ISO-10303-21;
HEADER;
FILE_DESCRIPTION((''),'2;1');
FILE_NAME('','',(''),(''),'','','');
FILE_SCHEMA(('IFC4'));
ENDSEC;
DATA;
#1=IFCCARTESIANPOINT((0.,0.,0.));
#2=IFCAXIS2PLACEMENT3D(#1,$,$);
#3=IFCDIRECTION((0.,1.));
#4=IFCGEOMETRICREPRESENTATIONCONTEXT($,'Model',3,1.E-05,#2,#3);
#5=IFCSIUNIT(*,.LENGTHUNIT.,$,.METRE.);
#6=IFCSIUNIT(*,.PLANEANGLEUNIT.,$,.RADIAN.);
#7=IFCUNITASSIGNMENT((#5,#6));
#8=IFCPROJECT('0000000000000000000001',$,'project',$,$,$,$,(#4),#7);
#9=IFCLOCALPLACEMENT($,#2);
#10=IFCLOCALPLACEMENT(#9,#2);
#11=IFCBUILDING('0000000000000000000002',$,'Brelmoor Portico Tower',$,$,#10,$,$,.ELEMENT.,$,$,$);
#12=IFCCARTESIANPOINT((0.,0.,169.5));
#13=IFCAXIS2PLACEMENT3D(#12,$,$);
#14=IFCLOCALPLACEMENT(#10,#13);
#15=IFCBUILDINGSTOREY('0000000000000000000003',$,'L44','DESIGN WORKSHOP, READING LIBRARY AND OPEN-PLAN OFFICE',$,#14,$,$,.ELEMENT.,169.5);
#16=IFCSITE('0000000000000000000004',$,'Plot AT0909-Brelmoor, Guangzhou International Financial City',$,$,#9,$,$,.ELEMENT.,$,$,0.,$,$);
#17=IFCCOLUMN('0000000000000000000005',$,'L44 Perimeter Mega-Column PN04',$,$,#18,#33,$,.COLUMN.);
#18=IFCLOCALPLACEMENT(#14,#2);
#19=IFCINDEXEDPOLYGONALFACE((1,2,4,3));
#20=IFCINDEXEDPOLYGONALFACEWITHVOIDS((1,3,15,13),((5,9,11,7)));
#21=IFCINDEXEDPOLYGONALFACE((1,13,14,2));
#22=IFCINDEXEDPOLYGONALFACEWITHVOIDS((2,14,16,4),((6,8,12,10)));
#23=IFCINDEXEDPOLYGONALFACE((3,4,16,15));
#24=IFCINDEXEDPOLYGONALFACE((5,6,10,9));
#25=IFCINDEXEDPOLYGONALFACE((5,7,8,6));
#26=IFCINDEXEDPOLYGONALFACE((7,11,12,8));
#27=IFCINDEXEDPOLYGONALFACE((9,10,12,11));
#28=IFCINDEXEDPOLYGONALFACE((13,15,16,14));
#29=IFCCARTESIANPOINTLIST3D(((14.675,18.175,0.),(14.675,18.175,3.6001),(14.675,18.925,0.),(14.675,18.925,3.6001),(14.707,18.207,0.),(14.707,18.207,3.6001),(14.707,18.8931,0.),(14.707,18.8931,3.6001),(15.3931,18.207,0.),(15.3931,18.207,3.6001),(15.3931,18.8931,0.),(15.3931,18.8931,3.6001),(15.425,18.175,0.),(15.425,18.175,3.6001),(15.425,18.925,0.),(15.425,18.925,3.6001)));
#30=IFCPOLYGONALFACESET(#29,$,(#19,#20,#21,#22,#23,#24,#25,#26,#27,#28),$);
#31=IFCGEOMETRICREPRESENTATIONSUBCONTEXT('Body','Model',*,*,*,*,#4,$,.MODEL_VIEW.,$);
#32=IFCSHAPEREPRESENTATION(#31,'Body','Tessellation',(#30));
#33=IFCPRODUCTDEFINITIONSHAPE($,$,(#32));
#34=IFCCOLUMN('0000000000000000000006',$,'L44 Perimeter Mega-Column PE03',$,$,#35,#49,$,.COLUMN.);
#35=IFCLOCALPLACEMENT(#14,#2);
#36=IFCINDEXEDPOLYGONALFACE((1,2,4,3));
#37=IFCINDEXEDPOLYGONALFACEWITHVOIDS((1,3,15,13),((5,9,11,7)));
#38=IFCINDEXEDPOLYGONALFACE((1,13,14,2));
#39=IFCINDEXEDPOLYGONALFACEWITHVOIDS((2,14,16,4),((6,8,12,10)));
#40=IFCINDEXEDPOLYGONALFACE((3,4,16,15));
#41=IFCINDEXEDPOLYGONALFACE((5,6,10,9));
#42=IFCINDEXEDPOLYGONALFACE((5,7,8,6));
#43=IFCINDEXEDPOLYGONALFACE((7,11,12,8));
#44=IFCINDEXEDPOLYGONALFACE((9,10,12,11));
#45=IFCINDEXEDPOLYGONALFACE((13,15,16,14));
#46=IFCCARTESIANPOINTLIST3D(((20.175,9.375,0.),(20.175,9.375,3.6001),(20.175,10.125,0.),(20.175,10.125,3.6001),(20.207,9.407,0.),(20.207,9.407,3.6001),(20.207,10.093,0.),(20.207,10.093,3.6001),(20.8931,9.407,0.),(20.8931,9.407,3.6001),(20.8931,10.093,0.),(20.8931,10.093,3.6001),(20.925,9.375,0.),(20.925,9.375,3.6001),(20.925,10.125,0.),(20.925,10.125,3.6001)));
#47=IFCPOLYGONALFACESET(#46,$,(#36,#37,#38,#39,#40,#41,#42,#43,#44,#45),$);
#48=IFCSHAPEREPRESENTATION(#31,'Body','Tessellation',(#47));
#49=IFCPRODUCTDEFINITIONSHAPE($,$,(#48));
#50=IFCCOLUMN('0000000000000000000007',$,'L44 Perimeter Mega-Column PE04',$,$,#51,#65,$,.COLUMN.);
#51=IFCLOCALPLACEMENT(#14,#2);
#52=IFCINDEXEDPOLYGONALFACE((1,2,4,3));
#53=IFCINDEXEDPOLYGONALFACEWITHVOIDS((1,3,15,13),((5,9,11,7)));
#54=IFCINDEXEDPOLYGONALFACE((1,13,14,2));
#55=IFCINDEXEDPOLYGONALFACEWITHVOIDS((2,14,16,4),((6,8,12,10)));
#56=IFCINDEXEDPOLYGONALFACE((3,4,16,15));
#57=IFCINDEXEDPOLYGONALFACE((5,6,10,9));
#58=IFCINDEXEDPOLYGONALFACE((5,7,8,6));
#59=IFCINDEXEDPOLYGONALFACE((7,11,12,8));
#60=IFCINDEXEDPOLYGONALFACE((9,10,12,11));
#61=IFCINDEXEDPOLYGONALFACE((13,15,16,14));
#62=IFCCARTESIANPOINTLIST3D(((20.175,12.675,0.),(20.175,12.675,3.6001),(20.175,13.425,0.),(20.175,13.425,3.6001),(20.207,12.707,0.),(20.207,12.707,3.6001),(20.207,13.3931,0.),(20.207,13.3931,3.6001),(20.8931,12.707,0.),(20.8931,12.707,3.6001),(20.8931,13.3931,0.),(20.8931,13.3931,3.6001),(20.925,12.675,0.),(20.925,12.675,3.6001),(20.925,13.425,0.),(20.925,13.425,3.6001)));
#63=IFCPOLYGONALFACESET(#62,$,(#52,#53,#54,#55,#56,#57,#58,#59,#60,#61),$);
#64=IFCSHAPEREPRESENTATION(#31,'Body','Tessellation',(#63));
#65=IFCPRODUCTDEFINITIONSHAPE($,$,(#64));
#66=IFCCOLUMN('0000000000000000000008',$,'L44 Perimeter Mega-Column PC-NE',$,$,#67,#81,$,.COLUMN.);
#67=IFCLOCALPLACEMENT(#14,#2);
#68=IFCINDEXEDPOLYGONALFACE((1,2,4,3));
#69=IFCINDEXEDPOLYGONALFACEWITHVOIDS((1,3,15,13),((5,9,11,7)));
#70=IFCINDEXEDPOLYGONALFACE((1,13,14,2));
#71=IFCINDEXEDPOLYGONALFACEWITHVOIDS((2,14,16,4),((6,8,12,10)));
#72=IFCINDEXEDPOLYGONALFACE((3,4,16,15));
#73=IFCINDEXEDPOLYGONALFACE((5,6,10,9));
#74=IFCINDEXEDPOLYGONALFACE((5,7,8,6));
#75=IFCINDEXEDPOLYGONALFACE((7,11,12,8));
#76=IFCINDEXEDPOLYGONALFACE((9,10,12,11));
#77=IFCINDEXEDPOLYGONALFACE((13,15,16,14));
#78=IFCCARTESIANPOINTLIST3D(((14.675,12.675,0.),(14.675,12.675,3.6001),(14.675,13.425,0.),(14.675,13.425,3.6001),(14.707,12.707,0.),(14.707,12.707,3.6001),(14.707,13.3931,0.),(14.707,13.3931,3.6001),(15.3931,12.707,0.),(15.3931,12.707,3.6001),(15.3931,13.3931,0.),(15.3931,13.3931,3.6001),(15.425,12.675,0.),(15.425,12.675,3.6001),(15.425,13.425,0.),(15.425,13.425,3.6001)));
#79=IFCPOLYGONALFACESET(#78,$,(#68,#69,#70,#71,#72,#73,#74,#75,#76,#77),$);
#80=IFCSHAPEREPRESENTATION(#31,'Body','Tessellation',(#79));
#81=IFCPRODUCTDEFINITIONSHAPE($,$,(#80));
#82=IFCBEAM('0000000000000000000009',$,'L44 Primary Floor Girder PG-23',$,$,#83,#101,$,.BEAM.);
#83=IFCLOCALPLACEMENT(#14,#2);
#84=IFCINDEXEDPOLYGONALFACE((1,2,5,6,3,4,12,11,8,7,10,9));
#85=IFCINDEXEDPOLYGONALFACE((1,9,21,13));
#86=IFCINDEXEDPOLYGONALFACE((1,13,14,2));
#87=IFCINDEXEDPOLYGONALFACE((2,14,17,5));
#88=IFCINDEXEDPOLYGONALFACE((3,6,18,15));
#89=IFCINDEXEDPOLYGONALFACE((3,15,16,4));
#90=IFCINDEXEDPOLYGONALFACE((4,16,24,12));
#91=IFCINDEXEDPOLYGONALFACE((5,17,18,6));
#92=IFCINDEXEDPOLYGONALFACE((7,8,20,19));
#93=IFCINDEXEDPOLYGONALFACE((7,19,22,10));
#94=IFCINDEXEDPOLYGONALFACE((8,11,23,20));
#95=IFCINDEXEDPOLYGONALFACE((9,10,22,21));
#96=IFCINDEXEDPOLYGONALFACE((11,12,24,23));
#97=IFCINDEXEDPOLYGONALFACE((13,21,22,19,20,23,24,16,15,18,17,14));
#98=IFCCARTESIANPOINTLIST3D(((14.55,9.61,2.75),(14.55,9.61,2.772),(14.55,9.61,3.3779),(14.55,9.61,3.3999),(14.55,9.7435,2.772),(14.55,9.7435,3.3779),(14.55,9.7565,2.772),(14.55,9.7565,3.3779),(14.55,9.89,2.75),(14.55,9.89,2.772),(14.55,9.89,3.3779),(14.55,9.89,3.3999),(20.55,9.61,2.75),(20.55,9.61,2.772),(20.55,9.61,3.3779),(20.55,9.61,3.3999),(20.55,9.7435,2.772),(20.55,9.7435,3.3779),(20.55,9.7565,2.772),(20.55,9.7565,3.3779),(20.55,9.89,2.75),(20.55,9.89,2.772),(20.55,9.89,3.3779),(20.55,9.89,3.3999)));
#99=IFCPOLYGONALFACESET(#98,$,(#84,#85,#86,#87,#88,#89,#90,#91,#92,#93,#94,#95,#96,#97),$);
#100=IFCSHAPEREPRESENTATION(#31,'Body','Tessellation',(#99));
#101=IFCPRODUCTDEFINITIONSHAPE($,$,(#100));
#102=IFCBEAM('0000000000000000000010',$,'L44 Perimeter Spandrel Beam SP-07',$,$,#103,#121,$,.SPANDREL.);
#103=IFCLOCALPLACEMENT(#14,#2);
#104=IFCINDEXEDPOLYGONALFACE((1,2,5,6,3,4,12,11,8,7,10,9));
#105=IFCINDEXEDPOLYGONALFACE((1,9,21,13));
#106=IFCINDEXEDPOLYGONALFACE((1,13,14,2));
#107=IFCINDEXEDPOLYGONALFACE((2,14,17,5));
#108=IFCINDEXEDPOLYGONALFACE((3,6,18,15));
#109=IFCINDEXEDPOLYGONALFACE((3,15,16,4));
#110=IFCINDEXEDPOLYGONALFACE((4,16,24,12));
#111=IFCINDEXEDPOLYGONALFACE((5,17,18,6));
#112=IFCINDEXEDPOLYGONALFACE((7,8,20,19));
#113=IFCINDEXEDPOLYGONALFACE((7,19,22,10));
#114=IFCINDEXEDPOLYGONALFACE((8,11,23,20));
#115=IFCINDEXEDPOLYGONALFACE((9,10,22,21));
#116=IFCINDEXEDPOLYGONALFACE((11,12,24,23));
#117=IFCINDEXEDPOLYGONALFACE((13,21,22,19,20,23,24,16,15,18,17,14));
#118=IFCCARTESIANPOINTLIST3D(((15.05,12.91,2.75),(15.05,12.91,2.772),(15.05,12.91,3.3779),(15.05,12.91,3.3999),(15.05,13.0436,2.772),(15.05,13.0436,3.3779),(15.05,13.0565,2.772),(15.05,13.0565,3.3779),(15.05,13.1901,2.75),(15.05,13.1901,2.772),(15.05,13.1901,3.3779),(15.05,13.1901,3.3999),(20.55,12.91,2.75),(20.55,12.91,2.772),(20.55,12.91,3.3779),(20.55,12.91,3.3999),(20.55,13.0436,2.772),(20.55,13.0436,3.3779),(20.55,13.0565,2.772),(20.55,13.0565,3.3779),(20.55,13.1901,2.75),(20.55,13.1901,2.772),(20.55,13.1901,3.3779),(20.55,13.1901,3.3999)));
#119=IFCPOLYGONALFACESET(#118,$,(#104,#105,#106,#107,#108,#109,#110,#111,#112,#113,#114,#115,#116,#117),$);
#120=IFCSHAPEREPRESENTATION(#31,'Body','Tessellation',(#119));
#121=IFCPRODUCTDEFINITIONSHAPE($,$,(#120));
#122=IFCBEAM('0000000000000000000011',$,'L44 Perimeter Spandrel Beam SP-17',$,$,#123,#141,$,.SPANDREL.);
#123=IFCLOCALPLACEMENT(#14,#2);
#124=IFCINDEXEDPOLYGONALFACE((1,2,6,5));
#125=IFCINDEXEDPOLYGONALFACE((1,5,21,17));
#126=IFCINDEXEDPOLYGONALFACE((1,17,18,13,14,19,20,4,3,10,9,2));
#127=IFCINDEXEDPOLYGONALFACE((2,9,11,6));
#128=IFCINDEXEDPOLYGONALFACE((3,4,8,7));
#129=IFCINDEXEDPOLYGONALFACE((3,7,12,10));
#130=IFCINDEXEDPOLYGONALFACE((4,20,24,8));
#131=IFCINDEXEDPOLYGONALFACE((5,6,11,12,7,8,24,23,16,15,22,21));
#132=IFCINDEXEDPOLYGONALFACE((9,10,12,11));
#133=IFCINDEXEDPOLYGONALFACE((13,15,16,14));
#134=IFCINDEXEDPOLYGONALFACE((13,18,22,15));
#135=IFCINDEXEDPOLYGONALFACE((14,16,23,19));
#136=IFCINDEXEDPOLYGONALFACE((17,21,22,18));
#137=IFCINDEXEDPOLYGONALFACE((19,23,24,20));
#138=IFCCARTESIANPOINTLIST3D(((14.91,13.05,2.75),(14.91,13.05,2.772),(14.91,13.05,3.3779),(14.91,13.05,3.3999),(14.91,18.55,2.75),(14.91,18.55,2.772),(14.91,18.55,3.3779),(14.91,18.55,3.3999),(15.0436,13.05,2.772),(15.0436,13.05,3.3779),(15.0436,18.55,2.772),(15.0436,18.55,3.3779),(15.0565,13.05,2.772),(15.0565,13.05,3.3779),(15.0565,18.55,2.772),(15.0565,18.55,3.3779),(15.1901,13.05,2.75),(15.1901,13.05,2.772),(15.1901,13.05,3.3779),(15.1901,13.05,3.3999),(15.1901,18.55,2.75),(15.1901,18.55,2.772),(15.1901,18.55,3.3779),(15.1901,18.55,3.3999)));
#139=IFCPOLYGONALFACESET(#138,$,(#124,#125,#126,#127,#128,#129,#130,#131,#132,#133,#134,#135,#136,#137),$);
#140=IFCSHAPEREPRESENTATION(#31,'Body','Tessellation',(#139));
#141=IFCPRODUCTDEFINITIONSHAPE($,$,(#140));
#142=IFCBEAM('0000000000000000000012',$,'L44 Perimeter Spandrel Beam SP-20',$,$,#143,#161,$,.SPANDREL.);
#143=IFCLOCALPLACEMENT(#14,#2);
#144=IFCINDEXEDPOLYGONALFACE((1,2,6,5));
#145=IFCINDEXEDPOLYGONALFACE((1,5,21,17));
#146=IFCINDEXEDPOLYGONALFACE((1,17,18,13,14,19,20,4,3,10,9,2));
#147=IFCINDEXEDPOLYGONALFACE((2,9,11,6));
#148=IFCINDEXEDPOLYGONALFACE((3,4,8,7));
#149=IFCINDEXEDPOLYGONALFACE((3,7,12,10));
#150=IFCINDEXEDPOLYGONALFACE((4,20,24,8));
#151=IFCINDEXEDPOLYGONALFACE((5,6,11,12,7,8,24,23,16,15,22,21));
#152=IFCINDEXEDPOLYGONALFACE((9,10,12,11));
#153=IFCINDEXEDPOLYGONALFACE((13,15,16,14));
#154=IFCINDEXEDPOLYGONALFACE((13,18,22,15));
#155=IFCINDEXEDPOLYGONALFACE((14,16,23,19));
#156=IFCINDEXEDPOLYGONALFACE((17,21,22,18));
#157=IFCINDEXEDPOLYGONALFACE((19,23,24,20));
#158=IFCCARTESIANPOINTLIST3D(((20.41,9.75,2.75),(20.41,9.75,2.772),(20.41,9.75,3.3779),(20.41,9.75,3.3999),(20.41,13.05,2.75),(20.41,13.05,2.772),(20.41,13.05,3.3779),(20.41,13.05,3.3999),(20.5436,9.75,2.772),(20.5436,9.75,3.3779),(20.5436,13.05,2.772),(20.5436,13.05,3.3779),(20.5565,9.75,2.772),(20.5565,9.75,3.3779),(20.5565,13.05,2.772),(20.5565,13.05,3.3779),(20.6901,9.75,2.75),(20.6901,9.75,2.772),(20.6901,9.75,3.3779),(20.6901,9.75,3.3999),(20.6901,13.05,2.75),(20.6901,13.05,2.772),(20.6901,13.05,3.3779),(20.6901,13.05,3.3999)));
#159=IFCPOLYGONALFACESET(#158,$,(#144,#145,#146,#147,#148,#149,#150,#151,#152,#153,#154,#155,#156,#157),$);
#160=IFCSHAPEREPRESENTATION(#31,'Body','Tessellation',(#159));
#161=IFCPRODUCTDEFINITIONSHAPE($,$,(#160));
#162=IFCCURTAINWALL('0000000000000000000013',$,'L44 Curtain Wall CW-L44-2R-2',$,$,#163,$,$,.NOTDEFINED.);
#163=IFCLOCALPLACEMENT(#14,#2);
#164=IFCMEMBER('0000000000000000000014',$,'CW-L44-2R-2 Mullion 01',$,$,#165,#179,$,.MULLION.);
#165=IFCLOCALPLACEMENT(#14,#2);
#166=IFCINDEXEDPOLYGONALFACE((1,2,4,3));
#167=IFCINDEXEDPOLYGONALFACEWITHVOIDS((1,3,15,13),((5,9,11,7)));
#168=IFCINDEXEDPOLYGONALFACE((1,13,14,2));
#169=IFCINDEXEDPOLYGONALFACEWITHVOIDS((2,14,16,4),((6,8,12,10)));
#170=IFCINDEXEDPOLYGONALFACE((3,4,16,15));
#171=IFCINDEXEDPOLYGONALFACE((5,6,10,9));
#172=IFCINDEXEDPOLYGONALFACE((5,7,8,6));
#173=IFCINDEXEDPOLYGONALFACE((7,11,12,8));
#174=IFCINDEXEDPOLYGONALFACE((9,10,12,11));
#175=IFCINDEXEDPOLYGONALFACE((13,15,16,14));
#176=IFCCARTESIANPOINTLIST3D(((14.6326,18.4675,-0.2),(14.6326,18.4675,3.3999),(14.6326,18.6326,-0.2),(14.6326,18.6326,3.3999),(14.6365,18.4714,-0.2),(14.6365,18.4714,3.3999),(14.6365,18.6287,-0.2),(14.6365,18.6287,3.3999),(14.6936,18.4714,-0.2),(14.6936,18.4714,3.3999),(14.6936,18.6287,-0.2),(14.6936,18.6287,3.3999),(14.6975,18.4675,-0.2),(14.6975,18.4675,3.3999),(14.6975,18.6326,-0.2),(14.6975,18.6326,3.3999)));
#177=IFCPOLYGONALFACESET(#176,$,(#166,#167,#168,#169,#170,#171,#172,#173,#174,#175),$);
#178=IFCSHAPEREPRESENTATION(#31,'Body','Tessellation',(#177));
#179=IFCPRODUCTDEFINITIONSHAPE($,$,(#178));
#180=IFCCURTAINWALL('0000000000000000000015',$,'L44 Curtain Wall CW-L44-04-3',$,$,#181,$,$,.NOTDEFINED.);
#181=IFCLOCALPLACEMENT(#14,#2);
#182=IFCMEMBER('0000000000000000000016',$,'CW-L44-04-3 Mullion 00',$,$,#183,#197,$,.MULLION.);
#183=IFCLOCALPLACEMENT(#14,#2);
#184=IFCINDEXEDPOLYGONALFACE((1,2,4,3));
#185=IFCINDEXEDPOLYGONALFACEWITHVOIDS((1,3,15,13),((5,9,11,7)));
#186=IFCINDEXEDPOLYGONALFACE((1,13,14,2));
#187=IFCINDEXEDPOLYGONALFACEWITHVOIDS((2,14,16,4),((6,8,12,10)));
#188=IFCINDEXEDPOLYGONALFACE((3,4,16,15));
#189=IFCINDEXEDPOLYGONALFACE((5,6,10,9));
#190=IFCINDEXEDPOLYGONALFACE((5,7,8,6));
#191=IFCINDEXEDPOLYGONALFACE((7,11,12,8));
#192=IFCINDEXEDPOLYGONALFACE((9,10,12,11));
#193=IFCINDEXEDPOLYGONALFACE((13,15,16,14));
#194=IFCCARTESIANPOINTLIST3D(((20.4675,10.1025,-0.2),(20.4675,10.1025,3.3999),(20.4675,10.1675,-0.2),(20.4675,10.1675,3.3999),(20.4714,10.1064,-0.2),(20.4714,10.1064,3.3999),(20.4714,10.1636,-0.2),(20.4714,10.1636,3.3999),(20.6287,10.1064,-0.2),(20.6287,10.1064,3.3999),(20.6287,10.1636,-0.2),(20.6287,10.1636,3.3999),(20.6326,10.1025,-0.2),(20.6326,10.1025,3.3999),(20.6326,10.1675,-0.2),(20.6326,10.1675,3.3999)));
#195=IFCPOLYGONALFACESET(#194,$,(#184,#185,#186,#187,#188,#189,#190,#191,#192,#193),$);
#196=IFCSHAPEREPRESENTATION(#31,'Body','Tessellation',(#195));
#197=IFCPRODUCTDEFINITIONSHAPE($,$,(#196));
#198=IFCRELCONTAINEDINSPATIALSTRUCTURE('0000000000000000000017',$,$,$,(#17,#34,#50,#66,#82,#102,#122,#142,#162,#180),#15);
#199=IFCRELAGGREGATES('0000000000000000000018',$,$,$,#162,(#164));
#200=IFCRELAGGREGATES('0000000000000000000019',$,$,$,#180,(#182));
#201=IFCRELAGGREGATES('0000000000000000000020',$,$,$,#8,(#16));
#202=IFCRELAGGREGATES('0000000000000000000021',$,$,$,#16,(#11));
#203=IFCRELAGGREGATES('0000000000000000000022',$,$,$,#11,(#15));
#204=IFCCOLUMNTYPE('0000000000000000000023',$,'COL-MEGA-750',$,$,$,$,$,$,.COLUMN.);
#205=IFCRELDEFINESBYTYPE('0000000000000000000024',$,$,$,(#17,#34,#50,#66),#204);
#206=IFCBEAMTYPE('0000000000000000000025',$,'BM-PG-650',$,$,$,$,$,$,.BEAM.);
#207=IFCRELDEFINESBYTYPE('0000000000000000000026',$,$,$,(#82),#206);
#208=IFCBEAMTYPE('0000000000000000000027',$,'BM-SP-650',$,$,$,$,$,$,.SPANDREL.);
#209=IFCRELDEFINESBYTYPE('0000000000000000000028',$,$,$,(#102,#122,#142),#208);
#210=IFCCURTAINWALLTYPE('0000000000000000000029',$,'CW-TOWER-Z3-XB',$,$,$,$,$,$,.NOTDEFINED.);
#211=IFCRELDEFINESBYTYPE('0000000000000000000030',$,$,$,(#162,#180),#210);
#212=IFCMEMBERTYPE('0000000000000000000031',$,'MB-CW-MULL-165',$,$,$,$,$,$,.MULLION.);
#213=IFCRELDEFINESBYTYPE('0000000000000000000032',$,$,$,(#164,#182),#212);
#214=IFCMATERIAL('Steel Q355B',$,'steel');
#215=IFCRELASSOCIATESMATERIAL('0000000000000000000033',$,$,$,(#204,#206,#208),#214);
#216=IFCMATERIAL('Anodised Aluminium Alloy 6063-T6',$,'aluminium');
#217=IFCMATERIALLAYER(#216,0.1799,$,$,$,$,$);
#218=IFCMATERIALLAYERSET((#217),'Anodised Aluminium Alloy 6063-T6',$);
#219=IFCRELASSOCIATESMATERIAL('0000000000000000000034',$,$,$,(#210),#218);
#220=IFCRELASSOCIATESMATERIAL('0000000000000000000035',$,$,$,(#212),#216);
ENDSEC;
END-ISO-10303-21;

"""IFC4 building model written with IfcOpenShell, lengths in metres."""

from ifc_helpers import new_model, si_unit, direction, frame, origin, origin_2d, place, context, subcontext, project, spatial, hollow_rectangle, i_section, extrude, material, layer, layer_set, material_profile, profile_set, type_object, element, aggregate, save


model = new_model("IFC4")

# Units and contexts
model_context = context("Model", 3, precision=1e-05, world=origin(), true_north=direction((0.0, 1.0)))
body_context = subcontext(model_context, "Body", "Model", "MODEL_VIEW")
ifc_project = project(units=[si_unit("LENGTHUNIT", "METRE"), si_unit("PLANEANGLEUNIT", "RADIAN")], contexts=[model_context])

# Site, building, storey
site_placement = place(None, origin())
site = spatial("IfcSite", under=ifc_project, at=site_placement, Name="Plot AT0909-Brelmoor, Guangzhou International Financial City", CompositionType="ELEMENT", RefElevation=0.0)
building_placement = place(site_placement, origin())
building = spatial("IfcBuilding", under=site, at=building_placement, Name="Brelmoor Portico Tower", CompositionType="ELEMENT")
storey_placement = place(building_placement, frame((0.0, 0.0, 169.5)))
storey = spatial("IfcBuildingStorey", under=building, at=storey_placement, Name="L44", Description="DESIGN WORKSHOP, READING LIBRARY AND OPEN-PLAN OFFICE", CompositionType="ELEMENT", Elevation=169.5)

# Columns
ifc_material_1 = material(Name="Steel Q355B", Category="steel")
ifc_material_profile_1 = material_profile(ifc_material_1, hollow_rectangle(XDim=0.75, YDim=0.75, WallThickness=0.032, at=origin_2d()), Name="BOX 750x750x32")
ifc_profile_set_1 = profile_set([ifc_material_profile_1], Name="Steel Q355B")
column_type = type_object("IfcColumnType", Name="COL-MEGA-750", PredefinedType="COLUMN", material=ifc_profile_set_1)
for number, where, z_axis, x_axis, name in (
    (1, (15.05, 18.55, 0.0), (0.0, 0.0, 1.0), (1.0, 0.0, 0.0), "L44 Perimeter Mega-Column PN04"),
    (2, (20.55, 9.75, 0.0), (0.0, 0.0, 1.0), (0.0, 1.0, 0.0), "L44 Perimeter Mega-Column PE03"),
    (3, (20.55, 13.05, 0.0), (0.0, 0.0, 1.0), (0.0, 1.0, 0.0), "L44 Perimeter Mega-Column PE04"),
    (4, (15.05, 13.05, 0.0), (0.0, 0.0, 1.0), (1.0, 0.0, 0.0), "L44 Perimeter Mega-Column PC-NE"),
):
    element("IfcColumn", number, at=place(storey_placement, frame(where, z_axis=z_axis, x_axis=x_axis)), inside=storey, type_object=column_type, Name=name, PredefinedType="COLUMN", context=body_context, shape_type="SweptSolid", body=[
        extrude(hollow_rectangle(XDim=0.75, YDim=0.75, WallThickness=0.032, at=origin_2d()), origin(), (0.0, 0.0, 1.0), 3.6001),
    ])

# Beams
ifc_material_profile_2 = material_profile(ifc_material_1, i_section(OverallWidth=0.28, OverallDepth=0.6499, WebThickness=0.0129, FlangeThickness=0.022, at=origin_2d()), Name="HN 650x280x13x22")
ifc_profile_set_2 = profile_set([ifc_material_profile_2], Name="Steel Q355B")
beam_type_1 = type_object("IfcBeamType", Name="BM-PG-650", PredefinedType="BEAM", material=ifc_profile_set_2)
beam_1_placement = place(storey_placement, frame((14.55, 9.75, 3.075), z_axis=(1.0, 0.0, 0.0), x_axis=(0.0, 1.0, 0.0)))
element("IfcBeam", 5, at=beam_1_placement, inside=storey, type_object=beam_type_1, Name="L44 Primary Floor Girder PG-23", PredefinedType="BEAM", context=body_context, shape_type="SweptSolid", body=[
    extrude(i_section(OverallWidth=0.28, OverallDepth=0.6499, WebThickness=0.0129, FlangeThickness=0.022, at=origin_2d()), origin(), (0.0, 0.0, 1.0), 6.0),
])
ifc_material_profile_3 = material_profile(ifc_material_1, i_section(OverallWidth=0.28, OverallDepth=0.6499, WebThickness=0.0129, FlangeThickness=0.022, at=origin_2d()), Name="HN 650x280x13x22")
ifc_profile_set_3 = profile_set([ifc_material_profile_3], Name="Steel Q355B")
beam_type_2 = type_object("IfcBeamType", Name="BM-SP-650", PredefinedType="SPANDREL", material=ifc_profile_set_3)
for number, where, z_axis, x_axis, name in (
    (6, (15.05, 13.05, 3.075), (1.0, 0.0, 0.0), (0.0, 1.0, 0.0), "L44 Perimeter Spandrel Beam SP-07"),
    (7, (15.05, 13.05, 3.075), (0.0, 1.0, 0.0), (-1.0, 0.0, 0.0), "L44 Perimeter Spandrel Beam SP-17"),
):
    element("IfcBeam", number, at=place(storey_placement, frame(where, z_axis=z_axis, x_axis=x_axis)), inside=storey, type_object=beam_type_2, Name=name, PredefinedType="SPANDREL", context=body_context, shape_type="SweptSolid", body=[
        extrude(i_section(OverallWidth=0.28, OverallDepth=0.6499, WebThickness=0.0129, FlangeThickness=0.022, at=origin_2d()), origin(), (0.0, 0.0, 1.0), 5.5),
    ])
beam_2_placement = place(storey_placement, frame((20.55, 9.75, 3.075), z_axis=(0.0, 1.0, 0.0), x_axis=(-1.0, 0.0, 0.0)))
element("IfcBeam", 8, at=beam_2_placement, inside=storey, type_object=beam_type_2, Name="L44 Perimeter Spandrel Beam SP-20", PredefinedType="SPANDREL", context=body_context, shape_type="SweptSolid", body=[
    extrude(i_section(OverallWidth=0.28, OverallDepth=0.6499, WebThickness=0.0129, FlangeThickness=0.022, at=origin_2d()), origin(), (0.0, 0.0, 1.0), 3.3),
])

# Curtain wall, member
ifc_material_2 = material(Name="Anodised Aluminium Alloy 6063-T6", Category="aluminium")
ifc_layer_1 = layer(ifc_material_2, 0.1799)
ifc_layer_set_1 = layer_set([ifc_layer_1], Name="Anodised Aluminium Alloy 6063-T6")
curtain_wall_type = type_object("IfcCurtainWallType", Name="CW-TOWER-Z3-XB", PredefinedType="NOTDEFINED", material=ifc_layer_set_1)
curtain_wall_1_placement = place(storey_placement, origin())
curtain_wall_1 = element("IfcCurtainWall", 9, at=curtain_wall_1_placement, inside=storey, type_object=curtain_wall_type, Name="L44 Curtain Wall CW-L44-2R-2", PredefinedType="NOTDEFINED")
ifc_material_profile_4 = material_profile(ifc_material_2, hollow_rectangle(XDim=0.0649, YDim=0.165, WallThickness=0.0039, at=origin_2d()), Name="ALU MULLION 65x165")
ifc_profile_set_4 = profile_set([ifc_material_profile_4], Name="Anodised Aluminium Alloy 6063-T6")
member_type_1 = type_object("IfcMemberType", Name="MB-CW-MULL-165", PredefinedType="MULLION", material=ifc_profile_set_4)
member_1_placement = place(storey_placement, frame((14.665, 18.55, -0.2), z_axis=(0.0, 0.0, 1.0), x_axis=(1.0, 0.0, 0.0)))
member_1 = element("IfcMember", 10, at=member_1_placement, type_object=member_type_1, Name="CW-L44-2R-2 Mullion 01", PredefinedType="MULLION", context=body_context, shape_type="SweptSolid", body=[
    extrude(hollow_rectangle(XDim=0.0649, YDim=0.165, WallThickness=0.0039, at=origin_2d()), origin(), (0.0, 0.0, 1.0), 3.5999),
])
aggregate(curtain_wall_1, [member_1])

# Curtain wall, member
curtain_wall_2_placement = place(storey_placement, origin())
curtain_wall_2 = element("IfcCurtainWall", 11, at=curtain_wall_2_placement, inside=storey, type_object=curtain_wall_type, Name="L44 Curtain Wall CW-L44-04-3", PredefinedType="NOTDEFINED")
member_2_placement = place(storey_placement, frame((20.55, 10.135, -0.2), z_axis=(0.0, 0.0, 1.0), x_axis=(0.0, 1.0, 0.0)))
member_2 = element("IfcMember", 12, at=member_2_placement, type_object=member_type_1, Name="CW-L44-04-3 Mullion 00", PredefinedType="MULLION", context=body_context, shape_type="SweptSolid", body=[
    extrude(hollow_rectangle(XDim=0.0649, YDim=0.165, WallThickness=0.0039, at=origin_2d()), origin(), (0.0, 0.0, 1.0), 3.5999),
])
aggregate(curtain_wall_2, [member_2])

save(model, "model.ifc")
